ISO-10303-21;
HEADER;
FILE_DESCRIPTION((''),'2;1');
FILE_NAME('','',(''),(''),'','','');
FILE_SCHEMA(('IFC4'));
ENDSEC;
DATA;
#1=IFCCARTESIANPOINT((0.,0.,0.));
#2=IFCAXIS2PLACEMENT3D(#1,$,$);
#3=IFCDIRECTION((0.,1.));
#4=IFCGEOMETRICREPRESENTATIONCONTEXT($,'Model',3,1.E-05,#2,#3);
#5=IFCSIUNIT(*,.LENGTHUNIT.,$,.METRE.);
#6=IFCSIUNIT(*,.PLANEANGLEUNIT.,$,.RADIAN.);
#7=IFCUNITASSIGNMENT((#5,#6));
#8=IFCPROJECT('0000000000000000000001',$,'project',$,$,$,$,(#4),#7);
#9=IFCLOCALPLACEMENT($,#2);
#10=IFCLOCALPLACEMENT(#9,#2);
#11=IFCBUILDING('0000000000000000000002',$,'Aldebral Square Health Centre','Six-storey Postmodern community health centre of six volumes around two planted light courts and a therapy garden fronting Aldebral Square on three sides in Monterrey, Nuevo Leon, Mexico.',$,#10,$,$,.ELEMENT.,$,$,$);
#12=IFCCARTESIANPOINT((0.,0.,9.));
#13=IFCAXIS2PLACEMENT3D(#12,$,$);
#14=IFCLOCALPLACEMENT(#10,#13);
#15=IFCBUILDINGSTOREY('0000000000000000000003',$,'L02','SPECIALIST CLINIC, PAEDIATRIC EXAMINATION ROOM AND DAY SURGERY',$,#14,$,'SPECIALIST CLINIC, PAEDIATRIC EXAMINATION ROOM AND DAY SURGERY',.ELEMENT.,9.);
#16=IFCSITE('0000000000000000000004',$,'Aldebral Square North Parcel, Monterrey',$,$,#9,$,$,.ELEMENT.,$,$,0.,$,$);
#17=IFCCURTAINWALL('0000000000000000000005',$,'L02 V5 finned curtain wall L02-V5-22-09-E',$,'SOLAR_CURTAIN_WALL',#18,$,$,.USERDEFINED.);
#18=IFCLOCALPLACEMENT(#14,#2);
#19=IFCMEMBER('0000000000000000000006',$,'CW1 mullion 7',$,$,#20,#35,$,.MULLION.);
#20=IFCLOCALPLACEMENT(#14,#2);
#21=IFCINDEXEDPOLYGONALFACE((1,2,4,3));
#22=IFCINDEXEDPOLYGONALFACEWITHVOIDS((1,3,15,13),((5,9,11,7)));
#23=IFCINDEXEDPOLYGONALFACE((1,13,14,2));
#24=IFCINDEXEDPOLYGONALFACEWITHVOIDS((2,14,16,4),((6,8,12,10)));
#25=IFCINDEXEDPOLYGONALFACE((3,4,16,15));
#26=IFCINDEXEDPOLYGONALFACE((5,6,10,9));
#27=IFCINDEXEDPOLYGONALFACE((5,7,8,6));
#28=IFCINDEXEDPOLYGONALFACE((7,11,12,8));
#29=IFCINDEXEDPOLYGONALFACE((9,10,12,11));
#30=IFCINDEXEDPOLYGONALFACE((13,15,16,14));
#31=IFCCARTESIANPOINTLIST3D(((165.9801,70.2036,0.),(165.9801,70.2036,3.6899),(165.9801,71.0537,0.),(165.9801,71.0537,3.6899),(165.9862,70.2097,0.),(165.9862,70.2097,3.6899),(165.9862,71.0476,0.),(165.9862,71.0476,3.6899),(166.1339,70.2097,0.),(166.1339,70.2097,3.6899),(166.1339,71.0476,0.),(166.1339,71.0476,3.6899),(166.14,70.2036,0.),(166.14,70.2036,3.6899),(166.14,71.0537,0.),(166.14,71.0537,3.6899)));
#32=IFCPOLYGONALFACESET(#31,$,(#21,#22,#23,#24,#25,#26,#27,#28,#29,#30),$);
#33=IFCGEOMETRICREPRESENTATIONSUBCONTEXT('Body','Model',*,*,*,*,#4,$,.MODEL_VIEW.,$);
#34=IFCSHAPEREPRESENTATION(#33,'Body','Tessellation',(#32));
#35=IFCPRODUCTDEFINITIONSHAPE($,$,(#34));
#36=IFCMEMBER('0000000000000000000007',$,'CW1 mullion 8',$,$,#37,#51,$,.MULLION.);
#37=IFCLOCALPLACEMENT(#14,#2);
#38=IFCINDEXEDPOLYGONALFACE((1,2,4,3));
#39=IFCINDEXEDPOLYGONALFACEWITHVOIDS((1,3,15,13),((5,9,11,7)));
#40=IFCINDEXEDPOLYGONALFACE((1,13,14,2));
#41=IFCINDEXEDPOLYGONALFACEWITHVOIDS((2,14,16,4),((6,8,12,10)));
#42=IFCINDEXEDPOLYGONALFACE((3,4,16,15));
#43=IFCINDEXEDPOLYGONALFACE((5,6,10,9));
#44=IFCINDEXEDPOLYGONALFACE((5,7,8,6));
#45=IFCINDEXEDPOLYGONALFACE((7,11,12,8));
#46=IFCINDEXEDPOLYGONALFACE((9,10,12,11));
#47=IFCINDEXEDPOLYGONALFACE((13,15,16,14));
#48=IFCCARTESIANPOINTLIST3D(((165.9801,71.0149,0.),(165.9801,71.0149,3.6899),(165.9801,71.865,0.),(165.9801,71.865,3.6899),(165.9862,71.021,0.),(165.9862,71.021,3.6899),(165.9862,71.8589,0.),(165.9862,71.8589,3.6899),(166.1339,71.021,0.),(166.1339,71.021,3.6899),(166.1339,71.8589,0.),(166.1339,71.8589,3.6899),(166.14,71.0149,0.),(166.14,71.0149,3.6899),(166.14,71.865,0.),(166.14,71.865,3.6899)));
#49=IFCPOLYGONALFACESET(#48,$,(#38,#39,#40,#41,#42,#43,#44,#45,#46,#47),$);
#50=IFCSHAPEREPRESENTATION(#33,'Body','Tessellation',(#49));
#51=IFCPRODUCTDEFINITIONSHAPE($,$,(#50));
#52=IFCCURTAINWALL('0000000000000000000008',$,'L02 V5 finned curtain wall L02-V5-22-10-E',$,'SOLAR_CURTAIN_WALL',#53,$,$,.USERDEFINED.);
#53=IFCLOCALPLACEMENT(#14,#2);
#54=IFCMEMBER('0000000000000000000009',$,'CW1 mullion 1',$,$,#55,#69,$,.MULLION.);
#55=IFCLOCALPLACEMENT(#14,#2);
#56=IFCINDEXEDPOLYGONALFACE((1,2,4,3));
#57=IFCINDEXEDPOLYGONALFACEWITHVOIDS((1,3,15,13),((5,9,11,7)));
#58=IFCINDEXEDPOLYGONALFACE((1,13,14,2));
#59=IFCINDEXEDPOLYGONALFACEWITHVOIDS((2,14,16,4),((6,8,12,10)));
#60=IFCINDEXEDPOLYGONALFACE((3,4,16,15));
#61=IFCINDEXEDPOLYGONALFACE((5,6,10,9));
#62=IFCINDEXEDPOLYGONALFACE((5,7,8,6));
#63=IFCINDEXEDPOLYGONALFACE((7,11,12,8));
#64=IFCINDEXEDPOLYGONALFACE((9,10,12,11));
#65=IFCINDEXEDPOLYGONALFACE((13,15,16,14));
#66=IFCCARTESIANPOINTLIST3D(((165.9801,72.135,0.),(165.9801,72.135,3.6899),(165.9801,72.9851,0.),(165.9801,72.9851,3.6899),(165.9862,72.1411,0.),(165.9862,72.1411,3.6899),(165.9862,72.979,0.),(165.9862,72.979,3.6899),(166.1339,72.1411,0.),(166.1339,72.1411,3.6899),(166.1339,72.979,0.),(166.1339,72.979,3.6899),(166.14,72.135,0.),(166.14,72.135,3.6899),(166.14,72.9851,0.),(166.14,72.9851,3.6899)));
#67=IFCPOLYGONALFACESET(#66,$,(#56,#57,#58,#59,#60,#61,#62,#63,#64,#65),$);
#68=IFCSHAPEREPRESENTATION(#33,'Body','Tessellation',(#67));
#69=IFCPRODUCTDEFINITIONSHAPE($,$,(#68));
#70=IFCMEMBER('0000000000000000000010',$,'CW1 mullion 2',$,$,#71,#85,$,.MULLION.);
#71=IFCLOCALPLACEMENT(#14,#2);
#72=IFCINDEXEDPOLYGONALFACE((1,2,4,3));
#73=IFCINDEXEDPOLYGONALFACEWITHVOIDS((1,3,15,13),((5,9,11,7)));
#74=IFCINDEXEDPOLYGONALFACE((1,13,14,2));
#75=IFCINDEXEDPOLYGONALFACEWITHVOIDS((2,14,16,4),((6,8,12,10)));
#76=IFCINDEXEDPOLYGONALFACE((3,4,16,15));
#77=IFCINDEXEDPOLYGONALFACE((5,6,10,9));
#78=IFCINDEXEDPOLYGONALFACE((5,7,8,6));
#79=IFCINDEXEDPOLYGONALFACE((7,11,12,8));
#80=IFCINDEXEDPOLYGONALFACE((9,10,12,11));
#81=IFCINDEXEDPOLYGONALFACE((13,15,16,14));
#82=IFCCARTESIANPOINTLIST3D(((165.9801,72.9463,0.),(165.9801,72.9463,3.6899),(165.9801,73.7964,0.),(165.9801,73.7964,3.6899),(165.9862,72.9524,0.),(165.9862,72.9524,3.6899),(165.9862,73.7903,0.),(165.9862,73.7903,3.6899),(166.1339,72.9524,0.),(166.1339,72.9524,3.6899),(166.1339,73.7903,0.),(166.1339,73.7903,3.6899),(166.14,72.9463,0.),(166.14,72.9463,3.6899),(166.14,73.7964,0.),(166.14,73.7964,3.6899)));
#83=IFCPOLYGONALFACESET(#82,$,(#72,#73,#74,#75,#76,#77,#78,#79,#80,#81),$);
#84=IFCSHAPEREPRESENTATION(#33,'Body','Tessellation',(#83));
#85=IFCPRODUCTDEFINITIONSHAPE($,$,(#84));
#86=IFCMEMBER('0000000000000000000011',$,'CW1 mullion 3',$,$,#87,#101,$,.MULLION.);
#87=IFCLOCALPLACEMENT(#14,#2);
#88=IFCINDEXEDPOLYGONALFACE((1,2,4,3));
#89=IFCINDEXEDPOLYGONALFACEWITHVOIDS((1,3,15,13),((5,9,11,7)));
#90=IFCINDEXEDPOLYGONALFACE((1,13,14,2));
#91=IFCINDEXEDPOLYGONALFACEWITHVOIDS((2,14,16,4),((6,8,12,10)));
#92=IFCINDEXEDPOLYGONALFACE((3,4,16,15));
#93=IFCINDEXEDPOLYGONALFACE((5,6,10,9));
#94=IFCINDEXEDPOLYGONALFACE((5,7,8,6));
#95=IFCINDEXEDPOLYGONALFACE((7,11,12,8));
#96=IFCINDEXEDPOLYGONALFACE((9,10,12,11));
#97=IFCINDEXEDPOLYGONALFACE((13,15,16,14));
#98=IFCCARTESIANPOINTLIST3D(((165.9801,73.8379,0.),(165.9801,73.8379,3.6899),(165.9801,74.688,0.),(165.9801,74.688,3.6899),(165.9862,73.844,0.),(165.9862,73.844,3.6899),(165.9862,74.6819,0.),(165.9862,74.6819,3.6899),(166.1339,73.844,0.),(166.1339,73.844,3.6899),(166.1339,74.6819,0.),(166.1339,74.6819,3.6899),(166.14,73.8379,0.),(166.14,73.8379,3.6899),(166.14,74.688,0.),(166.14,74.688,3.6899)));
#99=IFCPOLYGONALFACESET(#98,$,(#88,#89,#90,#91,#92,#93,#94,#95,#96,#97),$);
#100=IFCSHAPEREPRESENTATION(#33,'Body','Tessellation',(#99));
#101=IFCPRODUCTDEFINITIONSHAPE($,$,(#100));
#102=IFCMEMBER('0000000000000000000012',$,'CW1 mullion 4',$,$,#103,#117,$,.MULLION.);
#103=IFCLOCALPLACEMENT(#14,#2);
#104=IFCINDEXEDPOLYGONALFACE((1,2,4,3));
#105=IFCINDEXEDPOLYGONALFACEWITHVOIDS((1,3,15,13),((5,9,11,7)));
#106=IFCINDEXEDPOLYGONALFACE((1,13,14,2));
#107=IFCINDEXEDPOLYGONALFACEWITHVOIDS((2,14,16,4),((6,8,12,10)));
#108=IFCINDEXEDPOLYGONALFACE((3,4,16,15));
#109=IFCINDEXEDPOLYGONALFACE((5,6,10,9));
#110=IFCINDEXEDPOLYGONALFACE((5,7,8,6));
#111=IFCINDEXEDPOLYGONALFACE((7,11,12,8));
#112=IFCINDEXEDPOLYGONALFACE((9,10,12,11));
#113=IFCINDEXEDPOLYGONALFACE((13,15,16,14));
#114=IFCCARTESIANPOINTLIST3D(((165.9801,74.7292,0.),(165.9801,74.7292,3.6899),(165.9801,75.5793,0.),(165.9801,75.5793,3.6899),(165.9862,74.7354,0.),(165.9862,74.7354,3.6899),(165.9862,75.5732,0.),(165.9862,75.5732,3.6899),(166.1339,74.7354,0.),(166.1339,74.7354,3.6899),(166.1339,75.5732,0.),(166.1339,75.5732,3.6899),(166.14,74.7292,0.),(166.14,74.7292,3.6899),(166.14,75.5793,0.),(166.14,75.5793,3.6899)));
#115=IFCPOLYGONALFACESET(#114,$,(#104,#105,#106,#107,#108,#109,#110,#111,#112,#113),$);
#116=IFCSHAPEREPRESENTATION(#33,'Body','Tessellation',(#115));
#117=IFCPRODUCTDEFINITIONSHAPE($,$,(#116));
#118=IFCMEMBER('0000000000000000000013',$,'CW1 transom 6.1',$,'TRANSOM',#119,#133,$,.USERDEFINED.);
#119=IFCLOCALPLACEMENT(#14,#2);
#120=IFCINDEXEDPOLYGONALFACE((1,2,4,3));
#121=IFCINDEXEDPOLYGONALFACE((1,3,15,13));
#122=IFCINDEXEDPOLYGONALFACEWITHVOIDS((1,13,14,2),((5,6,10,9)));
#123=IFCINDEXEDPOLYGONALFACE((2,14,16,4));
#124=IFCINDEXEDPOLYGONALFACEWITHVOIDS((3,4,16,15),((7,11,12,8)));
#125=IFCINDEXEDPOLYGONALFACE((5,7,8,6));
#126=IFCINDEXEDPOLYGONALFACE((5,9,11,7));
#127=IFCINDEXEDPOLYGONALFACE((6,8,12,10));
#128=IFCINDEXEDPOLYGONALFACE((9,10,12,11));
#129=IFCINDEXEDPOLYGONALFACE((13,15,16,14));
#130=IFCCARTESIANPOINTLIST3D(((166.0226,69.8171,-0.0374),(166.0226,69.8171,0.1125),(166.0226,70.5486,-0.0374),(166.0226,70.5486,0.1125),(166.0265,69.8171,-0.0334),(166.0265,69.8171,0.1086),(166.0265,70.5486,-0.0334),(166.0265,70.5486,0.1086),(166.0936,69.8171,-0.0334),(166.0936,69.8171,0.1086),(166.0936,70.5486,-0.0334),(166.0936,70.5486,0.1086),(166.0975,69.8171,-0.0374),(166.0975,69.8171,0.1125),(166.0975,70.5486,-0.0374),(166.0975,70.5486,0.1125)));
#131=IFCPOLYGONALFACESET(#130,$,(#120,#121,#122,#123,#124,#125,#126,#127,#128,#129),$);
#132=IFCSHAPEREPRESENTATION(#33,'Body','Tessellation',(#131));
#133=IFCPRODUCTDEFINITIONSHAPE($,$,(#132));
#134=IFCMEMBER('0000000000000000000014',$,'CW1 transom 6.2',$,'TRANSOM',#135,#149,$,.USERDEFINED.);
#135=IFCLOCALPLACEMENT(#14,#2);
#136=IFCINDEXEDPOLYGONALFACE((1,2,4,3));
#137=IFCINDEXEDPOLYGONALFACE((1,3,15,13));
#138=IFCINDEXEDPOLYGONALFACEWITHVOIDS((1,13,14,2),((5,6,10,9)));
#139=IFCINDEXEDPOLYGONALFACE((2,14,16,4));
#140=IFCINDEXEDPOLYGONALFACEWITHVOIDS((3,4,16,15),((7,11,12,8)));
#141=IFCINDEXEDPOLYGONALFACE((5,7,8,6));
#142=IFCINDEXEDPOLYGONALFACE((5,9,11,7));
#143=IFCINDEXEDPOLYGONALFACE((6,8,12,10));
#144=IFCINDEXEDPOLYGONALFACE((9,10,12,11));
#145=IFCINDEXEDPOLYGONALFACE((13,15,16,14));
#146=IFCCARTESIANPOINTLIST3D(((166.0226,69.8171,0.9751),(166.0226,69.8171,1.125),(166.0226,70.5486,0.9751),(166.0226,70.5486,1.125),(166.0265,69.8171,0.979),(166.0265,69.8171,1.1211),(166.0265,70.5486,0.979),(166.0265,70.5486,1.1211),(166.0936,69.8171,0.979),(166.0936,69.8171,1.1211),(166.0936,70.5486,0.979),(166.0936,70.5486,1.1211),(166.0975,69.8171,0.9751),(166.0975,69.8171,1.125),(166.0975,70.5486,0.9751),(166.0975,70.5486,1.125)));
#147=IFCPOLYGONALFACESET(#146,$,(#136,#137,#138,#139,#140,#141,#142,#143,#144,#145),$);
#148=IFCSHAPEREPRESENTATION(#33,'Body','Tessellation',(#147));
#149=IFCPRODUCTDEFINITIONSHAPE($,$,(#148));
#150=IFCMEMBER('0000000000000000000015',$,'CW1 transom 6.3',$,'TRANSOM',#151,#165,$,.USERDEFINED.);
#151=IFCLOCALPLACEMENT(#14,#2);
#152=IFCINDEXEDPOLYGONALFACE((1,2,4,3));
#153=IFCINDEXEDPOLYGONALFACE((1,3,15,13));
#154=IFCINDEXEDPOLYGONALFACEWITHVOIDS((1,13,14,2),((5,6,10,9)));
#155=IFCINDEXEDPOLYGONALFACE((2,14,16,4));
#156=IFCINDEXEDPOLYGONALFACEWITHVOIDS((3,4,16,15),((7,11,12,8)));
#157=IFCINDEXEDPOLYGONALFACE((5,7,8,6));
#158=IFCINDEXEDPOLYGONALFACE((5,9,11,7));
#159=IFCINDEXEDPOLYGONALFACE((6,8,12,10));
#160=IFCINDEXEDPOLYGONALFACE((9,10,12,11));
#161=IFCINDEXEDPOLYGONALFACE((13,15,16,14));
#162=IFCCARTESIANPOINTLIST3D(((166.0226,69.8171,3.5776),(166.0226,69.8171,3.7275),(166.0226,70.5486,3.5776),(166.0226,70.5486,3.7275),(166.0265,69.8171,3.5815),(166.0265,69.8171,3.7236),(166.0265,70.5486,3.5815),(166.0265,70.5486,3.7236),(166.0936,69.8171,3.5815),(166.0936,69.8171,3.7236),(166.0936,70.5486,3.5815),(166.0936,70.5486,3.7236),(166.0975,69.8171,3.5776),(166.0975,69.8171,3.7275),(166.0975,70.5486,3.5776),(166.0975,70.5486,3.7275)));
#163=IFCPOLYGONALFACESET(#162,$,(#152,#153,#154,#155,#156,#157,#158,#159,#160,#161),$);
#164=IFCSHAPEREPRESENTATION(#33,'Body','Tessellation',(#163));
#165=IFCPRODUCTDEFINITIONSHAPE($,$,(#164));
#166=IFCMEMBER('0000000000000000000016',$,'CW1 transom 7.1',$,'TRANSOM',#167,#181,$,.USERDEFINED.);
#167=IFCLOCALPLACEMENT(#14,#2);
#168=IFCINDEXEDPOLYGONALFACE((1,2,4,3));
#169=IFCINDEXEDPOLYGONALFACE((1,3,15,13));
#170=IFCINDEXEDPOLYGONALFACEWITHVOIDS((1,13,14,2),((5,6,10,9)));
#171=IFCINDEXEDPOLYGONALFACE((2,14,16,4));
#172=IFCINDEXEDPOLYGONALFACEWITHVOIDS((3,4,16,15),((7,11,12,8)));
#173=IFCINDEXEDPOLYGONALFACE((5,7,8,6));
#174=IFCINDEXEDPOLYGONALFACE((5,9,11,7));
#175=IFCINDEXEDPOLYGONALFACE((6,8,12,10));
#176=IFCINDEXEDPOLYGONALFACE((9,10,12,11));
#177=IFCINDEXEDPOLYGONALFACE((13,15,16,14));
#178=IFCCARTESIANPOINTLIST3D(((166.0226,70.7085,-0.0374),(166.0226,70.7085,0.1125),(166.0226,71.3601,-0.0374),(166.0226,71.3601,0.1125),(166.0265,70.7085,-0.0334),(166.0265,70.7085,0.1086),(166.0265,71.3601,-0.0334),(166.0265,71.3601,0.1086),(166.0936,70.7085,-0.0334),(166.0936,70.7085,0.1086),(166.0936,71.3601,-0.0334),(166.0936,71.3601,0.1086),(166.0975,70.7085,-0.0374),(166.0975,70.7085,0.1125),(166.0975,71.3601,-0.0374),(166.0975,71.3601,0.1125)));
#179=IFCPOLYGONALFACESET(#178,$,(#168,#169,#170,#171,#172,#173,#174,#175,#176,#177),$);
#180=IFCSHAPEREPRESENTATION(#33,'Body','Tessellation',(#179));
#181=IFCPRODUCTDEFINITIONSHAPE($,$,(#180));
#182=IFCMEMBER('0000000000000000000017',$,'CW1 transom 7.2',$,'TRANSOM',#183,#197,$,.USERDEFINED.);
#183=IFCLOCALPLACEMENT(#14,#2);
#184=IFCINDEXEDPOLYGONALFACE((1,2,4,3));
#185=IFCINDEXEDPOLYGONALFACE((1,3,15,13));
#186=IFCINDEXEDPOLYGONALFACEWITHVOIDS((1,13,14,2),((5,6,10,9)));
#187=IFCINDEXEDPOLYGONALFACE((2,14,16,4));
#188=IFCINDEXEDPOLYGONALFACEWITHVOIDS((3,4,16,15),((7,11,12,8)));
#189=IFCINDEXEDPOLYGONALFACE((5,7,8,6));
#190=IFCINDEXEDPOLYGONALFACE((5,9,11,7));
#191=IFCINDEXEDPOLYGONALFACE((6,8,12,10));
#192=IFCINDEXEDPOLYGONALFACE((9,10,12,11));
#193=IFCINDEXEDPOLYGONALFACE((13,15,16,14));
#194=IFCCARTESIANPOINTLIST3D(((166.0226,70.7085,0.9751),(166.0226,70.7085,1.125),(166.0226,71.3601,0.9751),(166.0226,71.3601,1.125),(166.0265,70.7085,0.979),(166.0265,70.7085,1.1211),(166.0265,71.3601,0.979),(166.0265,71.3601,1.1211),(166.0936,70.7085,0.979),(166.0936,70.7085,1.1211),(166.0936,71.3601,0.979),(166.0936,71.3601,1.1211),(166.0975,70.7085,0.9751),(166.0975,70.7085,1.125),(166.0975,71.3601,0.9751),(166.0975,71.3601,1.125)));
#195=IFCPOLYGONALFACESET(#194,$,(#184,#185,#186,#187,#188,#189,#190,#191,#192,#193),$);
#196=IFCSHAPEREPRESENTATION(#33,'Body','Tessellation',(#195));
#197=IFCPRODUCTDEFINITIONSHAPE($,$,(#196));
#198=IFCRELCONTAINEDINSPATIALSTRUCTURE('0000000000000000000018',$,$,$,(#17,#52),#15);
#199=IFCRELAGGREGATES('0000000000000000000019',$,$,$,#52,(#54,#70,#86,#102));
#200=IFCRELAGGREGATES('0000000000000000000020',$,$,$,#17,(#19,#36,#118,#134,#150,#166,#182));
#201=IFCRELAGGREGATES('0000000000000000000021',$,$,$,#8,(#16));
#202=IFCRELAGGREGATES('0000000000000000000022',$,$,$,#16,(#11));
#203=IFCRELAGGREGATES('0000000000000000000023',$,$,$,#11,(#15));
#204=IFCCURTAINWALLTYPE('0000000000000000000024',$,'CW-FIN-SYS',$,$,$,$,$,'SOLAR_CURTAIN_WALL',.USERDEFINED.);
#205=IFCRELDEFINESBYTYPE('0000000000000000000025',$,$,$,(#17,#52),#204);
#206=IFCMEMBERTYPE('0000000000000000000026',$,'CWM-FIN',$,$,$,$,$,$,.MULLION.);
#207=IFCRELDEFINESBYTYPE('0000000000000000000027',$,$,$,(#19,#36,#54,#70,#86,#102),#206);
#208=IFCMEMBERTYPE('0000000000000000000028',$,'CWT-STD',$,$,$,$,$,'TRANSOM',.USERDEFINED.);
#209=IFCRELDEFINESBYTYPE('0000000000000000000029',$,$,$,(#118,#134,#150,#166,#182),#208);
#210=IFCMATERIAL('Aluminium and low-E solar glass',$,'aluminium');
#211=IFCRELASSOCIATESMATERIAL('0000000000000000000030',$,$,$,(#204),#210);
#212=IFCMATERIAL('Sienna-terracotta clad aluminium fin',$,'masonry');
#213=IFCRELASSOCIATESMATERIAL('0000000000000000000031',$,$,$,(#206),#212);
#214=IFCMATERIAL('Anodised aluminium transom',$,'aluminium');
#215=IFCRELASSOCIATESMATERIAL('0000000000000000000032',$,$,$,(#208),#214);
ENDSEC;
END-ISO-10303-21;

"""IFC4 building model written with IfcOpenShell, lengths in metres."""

from ifc_helpers import new_model, si_unit, direction, frame, origin, origin_2d, place, context, subcontext, project, spatial, hollow_rectangle, extrude, material, material_profile, profile_set, type_object, element, aggregate, save


model = new_model("IFC4")

# Units and contexts
model_context = context("Model", 3, precision=1e-05, world=origin(), true_north=direction((0.0, 1.0)))
body_context = subcontext(model_context, "Body", "Model", "MODEL_VIEW")
ifc_project = project(units=[si_unit("LENGTHUNIT", "METRE"), si_unit("PLANEANGLEUNIT", "RADIAN")], contexts=[model_context])

# Site, building, storey
site_placement = place(None, origin())
site = spatial("IfcSite", under=ifc_project, at=site_placement, Name="Aldebral Square North Parcel, Monterrey", CompositionType="ELEMENT", RefElevation=0.0)
building_placement = place(site_placement, origin())
building = spatial("IfcBuilding", under=site, at=building_placement, Name="Aldebral Square Health Centre", Description="Six-storey Postmodern community health centre of six volumes around two planted light courts and a therapy garden fronting Aldebral Square on three sides in Monterrey, Nuevo Leon, Mexico.", CompositionType="ELEMENT")
storey_placement = place(building_placement, frame((0.0, 0.0, 9.0)))
storey = spatial("IfcBuildingStorey", under=building, at=storey_placement, Name="L02", Description="SPECIALIST CLINIC, PAEDIATRIC EXAMINATION ROOM AND DAY SURGERY", LongName="SPECIALIST CLINIC, PAEDIATRIC EXAMINATION ROOM AND DAY SURGERY", CompositionType="ELEMENT", Elevation=9.0)

# Curtain walls, members
ifc_material_1 = material(Name="Aluminium and low-E solar glass", Category="aluminium")
curtain_wall_type = type_object("IfcCurtainWallType", Name="CW-FIN-SYS", ElementType="SOLAR_CURTAIN_WALL", PredefinedType="USERDEFINED", material=ifc_material_1)
curtain_wall_1_placement = place(storey_placement, origin())
curtain_wall_1 = element("IfcCurtainWall", 1, at=curtain_wall_1_placement, inside=storey, type_object=curtain_wall_type, Name="L02 V5 finned curtain wall L02-V5-22-09-E", ObjectType="SOLAR_CURTAIN_WALL", PredefinedType="USERDEFINED")
ifc_material_2 = material(Name="Sienna-terracotta clad aluminium fin", Category="masonry")
ifc_material_profile_1 = material_profile(ifc_material_2, hollow_rectangle(XDim=0.1599, YDim=0.8501, WallThickness=0.0061, at=origin_2d()), Name="FIN 160x850x6")
ifc_profile_set_1 = profile_set([ifc_material_profile_1], Name="Sienna-terracotta clad aluminium fin")
member_type_1 = type_object("IfcMemberType", Name="CWM-FIN", PredefinedType="MULLION", material=ifc_profile_set_1)
member_1_placement = place(storey_placement, frame((166.0601, 70.6287, 0.0), z_axis=(0.0, 0.0, 1.0), x_axis=(-1.0, 0.0, 0.0)))
member_1 = element("IfcMember", 2, at=member_1_placement, type_object=member_type_1, Name="CW1 mullion 7", PredefinedType="MULLION", context=body_context, shape_type="SweptSolid", body=[
    extrude(hollow_rectangle(XDim=0.1599, YDim=0.8501, WallThickness=0.0061, at=origin_2d()), origin(), (0.0, 0.0, 1.0), 3.6899),
])
member_2_placement = place(storey_placement, frame((166.0601, 71.4399, 0.0), z_axis=(0.0, 0.0, 1.0), x_axis=(-1.0, 0.0, 0.0)))
member_2 = element("IfcMember", 3, at=member_2_placement, type_object=member_type_1, Name="CW1 mullion 8", PredefinedType="MULLION", context=body_context, shape_type="SweptSolid", body=[
    extrude(hollow_rectangle(XDim=0.1599, YDim=0.8501, WallThickness=0.0061, at=origin_2d()), origin(), (0.0, 0.0, 1.0), 3.6899),
])
curtain_wall_2_placement = place(storey_placement, origin())
curtain_wall_2 = element("IfcCurtainWall", 4, at=curtain_wall_2_placement, inside=storey, type_object=curtain_wall_type, Name="L02 V5 finned curtain wall L02-V5-22-10-E", ObjectType="SOLAR_CURTAIN_WALL", PredefinedType="USERDEFINED")
member_3_placement = place(storey_placement, frame((166.0601, 72.5601, 0.0), z_axis=(0.0, 0.0, 1.0), x_axis=(-1.0, 0.0, 0.0)))
member_3 = element("IfcMember", 5, at=member_3_placement, type_object=member_type_1, Name="CW1 mullion 1", PredefinedType="MULLION", context=body_context, shape_type="SweptSolid", body=[
    extrude(hollow_rectangle(XDim=0.1599, YDim=0.8501, WallThickness=0.0061, at=origin_2d()), origin(), (0.0, 0.0, 1.0), 3.6899),
])
member_4_placement = place(storey_placement, frame((166.0601, 73.3713, 0.0), z_axis=(0.0, 0.0, 1.0), x_axis=(-1.0, 0.0, 0.0)))
member_4 = element("IfcMember", 6, at=member_4_placement, type_object=member_type_1, Name="CW1 mullion 2", PredefinedType="MULLION", context=body_context, shape_type="SweptSolid", body=[
    extrude(hollow_rectangle(XDim=0.1599, YDim=0.8501, WallThickness=0.0061, at=origin_2d()), origin(), (0.0, 0.0, 1.0), 3.6899),
])
member_5_placement = place(storey_placement, frame((166.0601, 74.2629, 0.0), z_axis=(0.0, 0.0, 1.0), x_axis=(-1.0, 0.0, 0.0)))
member_5 = element("IfcMember", 7, at=member_5_placement, type_object=member_type_1, Name="CW1 mullion 3", PredefinedType="MULLION", context=body_context, shape_type="SweptSolid", body=[
    extrude(hollow_rectangle(XDim=0.1599, YDim=0.8501, WallThickness=0.0061, at=origin_2d()), origin(), (0.0, 0.0, 1.0), 3.6899),
])
member_6_placement = place(storey_placement, frame((166.0601, 75.1543, 0.0), z_axis=(0.0, 0.0, 1.0), x_axis=(-1.0, 0.0, 0.0)))
member_6 = element("IfcMember", 8, at=member_6_placement, type_object=member_type_1, Name="CW1 mullion 4", PredefinedType="MULLION", context=body_context, shape_type="SweptSolid", body=[
    extrude(hollow_rectangle(XDim=0.1599, YDim=0.8501, WallThickness=0.0061, at=origin_2d()), origin(), (0.0, 0.0, 1.0), 3.6899),
])

# Members
ifc_material_3 = material(Name="Anodised aluminium transom", Category="aluminium")
ifc_material_profile_2 = material_profile(ifc_material_3, hollow_rectangle(XDim=0.075, YDim=0.1499, WallThickness=0.0039, at=origin_2d()), Name="CWT 75x150x4")
ifc_profile_set_2 = profile_set([ifc_material_profile_2], Name="Anodised aluminium transom")
member_type_2 = type_object("IfcMemberType", Name="CWT-STD", ElementType="TRANSOM", PredefinedType="USERDEFINED", material=ifc_profile_set_2)
member_7_placement = place(storey_placement, frame((166.0601, 69.8171, 0.0376), z_axis=(0.0, 1.0, 0.0), x_axis=(-1.0, 0.0, 0.0)))
member_7 = element("IfcMember", 9, at=member_7_placement, type_object=member_type_2, Name="CW1 transom 6.1", ObjectType="TRANSOM", PredefinedType="USERDEFINED", context=body_context, shape_type="SweptSolid", body=[
    extrude(hollow_rectangle(XDim=0.075, YDim=0.1499, WallThickness=0.0039, at=origin_2d()), origin(), (0.0, 0.0, 1.0), 0.7314),
])
member_8_placement = place(storey_placement, frame((166.0601, 69.8171, 1.05), z_axis=(0.0, 1.0, 0.0), x_axis=(-1.0, 0.0, 0.0)))
member_8 = element("IfcMember", 10, at=member_8_placement, type_object=member_type_2, Name="CW1 transom 6.2", ObjectType="TRANSOM", PredefinedType="USERDEFINED", context=body_context, shape_type="SweptSolid", body=[
    extrude(hollow_rectangle(XDim=0.075, YDim=0.1499, WallThickness=0.0039, at=origin_2d()), origin(), (0.0, 0.0, 1.0), 0.7314),
])
member_9_placement = place(storey_placement, frame((166.0601, 69.8171, 3.6526), z_axis=(0.0, 1.0, 0.0), x_axis=(-1.0, 0.0, 0.0)))
member_9 = element("IfcMember", 11, at=member_9_placement, type_object=member_type_2, Name="CW1 transom 6.3", ObjectType="TRANSOM", PredefinedType="USERDEFINED", context=body_context, shape_type="SweptSolid", body=[
    extrude(hollow_rectangle(XDim=0.075, YDim=0.1499, WallThickness=0.0039, at=origin_2d()), origin(), (0.0, 0.0, 1.0), 0.7314),
])
member_10_placement = place(storey_placement, frame((166.0601, 70.7085, 0.0376), z_axis=(0.0, 1.0, 0.0), x_axis=(-1.0, 0.0, 0.0)))
member_10 = element("IfcMember", 12, at=member_10_placement, type_object=member_type_2, Name="CW1 transom 7.1", ObjectType="TRANSOM", PredefinedType="USERDEFINED", context=body_context, shape_type="SweptSolid", body=[
    extrude(hollow_rectangle(XDim=0.075, YDim=0.1499, WallThickness=0.0039, at=origin_2d()), origin(), (0.0, 0.0, 1.0), 0.6516),
])
member_11_placement = place(storey_placement, frame((166.0601, 70.7085, 1.05), z_axis=(0.0, 1.0, 0.0), x_axis=(-1.0, 0.0, 0.0)))
member_11 = element("IfcMember", 13, at=member_11_placement, type_object=member_type_2, Name="CW1 transom 7.2", ObjectType="TRANSOM", PredefinedType="USERDEFINED", context=body_context, shape_type="SweptSolid", body=[
    extrude(hollow_rectangle(XDim=0.075, YDim=0.1499, WallThickness=0.0039, at=origin_2d()), origin(), (0.0, 0.0, 1.0), 0.6516),
])

aggregate(curtain_wall_2, [member_3, member_4, member_5, member_6])
aggregate(curtain_wall_1, [member_1, member_2, member_7, member_8, member_9, member_10, member_11])

save(model, "model.ifc")
